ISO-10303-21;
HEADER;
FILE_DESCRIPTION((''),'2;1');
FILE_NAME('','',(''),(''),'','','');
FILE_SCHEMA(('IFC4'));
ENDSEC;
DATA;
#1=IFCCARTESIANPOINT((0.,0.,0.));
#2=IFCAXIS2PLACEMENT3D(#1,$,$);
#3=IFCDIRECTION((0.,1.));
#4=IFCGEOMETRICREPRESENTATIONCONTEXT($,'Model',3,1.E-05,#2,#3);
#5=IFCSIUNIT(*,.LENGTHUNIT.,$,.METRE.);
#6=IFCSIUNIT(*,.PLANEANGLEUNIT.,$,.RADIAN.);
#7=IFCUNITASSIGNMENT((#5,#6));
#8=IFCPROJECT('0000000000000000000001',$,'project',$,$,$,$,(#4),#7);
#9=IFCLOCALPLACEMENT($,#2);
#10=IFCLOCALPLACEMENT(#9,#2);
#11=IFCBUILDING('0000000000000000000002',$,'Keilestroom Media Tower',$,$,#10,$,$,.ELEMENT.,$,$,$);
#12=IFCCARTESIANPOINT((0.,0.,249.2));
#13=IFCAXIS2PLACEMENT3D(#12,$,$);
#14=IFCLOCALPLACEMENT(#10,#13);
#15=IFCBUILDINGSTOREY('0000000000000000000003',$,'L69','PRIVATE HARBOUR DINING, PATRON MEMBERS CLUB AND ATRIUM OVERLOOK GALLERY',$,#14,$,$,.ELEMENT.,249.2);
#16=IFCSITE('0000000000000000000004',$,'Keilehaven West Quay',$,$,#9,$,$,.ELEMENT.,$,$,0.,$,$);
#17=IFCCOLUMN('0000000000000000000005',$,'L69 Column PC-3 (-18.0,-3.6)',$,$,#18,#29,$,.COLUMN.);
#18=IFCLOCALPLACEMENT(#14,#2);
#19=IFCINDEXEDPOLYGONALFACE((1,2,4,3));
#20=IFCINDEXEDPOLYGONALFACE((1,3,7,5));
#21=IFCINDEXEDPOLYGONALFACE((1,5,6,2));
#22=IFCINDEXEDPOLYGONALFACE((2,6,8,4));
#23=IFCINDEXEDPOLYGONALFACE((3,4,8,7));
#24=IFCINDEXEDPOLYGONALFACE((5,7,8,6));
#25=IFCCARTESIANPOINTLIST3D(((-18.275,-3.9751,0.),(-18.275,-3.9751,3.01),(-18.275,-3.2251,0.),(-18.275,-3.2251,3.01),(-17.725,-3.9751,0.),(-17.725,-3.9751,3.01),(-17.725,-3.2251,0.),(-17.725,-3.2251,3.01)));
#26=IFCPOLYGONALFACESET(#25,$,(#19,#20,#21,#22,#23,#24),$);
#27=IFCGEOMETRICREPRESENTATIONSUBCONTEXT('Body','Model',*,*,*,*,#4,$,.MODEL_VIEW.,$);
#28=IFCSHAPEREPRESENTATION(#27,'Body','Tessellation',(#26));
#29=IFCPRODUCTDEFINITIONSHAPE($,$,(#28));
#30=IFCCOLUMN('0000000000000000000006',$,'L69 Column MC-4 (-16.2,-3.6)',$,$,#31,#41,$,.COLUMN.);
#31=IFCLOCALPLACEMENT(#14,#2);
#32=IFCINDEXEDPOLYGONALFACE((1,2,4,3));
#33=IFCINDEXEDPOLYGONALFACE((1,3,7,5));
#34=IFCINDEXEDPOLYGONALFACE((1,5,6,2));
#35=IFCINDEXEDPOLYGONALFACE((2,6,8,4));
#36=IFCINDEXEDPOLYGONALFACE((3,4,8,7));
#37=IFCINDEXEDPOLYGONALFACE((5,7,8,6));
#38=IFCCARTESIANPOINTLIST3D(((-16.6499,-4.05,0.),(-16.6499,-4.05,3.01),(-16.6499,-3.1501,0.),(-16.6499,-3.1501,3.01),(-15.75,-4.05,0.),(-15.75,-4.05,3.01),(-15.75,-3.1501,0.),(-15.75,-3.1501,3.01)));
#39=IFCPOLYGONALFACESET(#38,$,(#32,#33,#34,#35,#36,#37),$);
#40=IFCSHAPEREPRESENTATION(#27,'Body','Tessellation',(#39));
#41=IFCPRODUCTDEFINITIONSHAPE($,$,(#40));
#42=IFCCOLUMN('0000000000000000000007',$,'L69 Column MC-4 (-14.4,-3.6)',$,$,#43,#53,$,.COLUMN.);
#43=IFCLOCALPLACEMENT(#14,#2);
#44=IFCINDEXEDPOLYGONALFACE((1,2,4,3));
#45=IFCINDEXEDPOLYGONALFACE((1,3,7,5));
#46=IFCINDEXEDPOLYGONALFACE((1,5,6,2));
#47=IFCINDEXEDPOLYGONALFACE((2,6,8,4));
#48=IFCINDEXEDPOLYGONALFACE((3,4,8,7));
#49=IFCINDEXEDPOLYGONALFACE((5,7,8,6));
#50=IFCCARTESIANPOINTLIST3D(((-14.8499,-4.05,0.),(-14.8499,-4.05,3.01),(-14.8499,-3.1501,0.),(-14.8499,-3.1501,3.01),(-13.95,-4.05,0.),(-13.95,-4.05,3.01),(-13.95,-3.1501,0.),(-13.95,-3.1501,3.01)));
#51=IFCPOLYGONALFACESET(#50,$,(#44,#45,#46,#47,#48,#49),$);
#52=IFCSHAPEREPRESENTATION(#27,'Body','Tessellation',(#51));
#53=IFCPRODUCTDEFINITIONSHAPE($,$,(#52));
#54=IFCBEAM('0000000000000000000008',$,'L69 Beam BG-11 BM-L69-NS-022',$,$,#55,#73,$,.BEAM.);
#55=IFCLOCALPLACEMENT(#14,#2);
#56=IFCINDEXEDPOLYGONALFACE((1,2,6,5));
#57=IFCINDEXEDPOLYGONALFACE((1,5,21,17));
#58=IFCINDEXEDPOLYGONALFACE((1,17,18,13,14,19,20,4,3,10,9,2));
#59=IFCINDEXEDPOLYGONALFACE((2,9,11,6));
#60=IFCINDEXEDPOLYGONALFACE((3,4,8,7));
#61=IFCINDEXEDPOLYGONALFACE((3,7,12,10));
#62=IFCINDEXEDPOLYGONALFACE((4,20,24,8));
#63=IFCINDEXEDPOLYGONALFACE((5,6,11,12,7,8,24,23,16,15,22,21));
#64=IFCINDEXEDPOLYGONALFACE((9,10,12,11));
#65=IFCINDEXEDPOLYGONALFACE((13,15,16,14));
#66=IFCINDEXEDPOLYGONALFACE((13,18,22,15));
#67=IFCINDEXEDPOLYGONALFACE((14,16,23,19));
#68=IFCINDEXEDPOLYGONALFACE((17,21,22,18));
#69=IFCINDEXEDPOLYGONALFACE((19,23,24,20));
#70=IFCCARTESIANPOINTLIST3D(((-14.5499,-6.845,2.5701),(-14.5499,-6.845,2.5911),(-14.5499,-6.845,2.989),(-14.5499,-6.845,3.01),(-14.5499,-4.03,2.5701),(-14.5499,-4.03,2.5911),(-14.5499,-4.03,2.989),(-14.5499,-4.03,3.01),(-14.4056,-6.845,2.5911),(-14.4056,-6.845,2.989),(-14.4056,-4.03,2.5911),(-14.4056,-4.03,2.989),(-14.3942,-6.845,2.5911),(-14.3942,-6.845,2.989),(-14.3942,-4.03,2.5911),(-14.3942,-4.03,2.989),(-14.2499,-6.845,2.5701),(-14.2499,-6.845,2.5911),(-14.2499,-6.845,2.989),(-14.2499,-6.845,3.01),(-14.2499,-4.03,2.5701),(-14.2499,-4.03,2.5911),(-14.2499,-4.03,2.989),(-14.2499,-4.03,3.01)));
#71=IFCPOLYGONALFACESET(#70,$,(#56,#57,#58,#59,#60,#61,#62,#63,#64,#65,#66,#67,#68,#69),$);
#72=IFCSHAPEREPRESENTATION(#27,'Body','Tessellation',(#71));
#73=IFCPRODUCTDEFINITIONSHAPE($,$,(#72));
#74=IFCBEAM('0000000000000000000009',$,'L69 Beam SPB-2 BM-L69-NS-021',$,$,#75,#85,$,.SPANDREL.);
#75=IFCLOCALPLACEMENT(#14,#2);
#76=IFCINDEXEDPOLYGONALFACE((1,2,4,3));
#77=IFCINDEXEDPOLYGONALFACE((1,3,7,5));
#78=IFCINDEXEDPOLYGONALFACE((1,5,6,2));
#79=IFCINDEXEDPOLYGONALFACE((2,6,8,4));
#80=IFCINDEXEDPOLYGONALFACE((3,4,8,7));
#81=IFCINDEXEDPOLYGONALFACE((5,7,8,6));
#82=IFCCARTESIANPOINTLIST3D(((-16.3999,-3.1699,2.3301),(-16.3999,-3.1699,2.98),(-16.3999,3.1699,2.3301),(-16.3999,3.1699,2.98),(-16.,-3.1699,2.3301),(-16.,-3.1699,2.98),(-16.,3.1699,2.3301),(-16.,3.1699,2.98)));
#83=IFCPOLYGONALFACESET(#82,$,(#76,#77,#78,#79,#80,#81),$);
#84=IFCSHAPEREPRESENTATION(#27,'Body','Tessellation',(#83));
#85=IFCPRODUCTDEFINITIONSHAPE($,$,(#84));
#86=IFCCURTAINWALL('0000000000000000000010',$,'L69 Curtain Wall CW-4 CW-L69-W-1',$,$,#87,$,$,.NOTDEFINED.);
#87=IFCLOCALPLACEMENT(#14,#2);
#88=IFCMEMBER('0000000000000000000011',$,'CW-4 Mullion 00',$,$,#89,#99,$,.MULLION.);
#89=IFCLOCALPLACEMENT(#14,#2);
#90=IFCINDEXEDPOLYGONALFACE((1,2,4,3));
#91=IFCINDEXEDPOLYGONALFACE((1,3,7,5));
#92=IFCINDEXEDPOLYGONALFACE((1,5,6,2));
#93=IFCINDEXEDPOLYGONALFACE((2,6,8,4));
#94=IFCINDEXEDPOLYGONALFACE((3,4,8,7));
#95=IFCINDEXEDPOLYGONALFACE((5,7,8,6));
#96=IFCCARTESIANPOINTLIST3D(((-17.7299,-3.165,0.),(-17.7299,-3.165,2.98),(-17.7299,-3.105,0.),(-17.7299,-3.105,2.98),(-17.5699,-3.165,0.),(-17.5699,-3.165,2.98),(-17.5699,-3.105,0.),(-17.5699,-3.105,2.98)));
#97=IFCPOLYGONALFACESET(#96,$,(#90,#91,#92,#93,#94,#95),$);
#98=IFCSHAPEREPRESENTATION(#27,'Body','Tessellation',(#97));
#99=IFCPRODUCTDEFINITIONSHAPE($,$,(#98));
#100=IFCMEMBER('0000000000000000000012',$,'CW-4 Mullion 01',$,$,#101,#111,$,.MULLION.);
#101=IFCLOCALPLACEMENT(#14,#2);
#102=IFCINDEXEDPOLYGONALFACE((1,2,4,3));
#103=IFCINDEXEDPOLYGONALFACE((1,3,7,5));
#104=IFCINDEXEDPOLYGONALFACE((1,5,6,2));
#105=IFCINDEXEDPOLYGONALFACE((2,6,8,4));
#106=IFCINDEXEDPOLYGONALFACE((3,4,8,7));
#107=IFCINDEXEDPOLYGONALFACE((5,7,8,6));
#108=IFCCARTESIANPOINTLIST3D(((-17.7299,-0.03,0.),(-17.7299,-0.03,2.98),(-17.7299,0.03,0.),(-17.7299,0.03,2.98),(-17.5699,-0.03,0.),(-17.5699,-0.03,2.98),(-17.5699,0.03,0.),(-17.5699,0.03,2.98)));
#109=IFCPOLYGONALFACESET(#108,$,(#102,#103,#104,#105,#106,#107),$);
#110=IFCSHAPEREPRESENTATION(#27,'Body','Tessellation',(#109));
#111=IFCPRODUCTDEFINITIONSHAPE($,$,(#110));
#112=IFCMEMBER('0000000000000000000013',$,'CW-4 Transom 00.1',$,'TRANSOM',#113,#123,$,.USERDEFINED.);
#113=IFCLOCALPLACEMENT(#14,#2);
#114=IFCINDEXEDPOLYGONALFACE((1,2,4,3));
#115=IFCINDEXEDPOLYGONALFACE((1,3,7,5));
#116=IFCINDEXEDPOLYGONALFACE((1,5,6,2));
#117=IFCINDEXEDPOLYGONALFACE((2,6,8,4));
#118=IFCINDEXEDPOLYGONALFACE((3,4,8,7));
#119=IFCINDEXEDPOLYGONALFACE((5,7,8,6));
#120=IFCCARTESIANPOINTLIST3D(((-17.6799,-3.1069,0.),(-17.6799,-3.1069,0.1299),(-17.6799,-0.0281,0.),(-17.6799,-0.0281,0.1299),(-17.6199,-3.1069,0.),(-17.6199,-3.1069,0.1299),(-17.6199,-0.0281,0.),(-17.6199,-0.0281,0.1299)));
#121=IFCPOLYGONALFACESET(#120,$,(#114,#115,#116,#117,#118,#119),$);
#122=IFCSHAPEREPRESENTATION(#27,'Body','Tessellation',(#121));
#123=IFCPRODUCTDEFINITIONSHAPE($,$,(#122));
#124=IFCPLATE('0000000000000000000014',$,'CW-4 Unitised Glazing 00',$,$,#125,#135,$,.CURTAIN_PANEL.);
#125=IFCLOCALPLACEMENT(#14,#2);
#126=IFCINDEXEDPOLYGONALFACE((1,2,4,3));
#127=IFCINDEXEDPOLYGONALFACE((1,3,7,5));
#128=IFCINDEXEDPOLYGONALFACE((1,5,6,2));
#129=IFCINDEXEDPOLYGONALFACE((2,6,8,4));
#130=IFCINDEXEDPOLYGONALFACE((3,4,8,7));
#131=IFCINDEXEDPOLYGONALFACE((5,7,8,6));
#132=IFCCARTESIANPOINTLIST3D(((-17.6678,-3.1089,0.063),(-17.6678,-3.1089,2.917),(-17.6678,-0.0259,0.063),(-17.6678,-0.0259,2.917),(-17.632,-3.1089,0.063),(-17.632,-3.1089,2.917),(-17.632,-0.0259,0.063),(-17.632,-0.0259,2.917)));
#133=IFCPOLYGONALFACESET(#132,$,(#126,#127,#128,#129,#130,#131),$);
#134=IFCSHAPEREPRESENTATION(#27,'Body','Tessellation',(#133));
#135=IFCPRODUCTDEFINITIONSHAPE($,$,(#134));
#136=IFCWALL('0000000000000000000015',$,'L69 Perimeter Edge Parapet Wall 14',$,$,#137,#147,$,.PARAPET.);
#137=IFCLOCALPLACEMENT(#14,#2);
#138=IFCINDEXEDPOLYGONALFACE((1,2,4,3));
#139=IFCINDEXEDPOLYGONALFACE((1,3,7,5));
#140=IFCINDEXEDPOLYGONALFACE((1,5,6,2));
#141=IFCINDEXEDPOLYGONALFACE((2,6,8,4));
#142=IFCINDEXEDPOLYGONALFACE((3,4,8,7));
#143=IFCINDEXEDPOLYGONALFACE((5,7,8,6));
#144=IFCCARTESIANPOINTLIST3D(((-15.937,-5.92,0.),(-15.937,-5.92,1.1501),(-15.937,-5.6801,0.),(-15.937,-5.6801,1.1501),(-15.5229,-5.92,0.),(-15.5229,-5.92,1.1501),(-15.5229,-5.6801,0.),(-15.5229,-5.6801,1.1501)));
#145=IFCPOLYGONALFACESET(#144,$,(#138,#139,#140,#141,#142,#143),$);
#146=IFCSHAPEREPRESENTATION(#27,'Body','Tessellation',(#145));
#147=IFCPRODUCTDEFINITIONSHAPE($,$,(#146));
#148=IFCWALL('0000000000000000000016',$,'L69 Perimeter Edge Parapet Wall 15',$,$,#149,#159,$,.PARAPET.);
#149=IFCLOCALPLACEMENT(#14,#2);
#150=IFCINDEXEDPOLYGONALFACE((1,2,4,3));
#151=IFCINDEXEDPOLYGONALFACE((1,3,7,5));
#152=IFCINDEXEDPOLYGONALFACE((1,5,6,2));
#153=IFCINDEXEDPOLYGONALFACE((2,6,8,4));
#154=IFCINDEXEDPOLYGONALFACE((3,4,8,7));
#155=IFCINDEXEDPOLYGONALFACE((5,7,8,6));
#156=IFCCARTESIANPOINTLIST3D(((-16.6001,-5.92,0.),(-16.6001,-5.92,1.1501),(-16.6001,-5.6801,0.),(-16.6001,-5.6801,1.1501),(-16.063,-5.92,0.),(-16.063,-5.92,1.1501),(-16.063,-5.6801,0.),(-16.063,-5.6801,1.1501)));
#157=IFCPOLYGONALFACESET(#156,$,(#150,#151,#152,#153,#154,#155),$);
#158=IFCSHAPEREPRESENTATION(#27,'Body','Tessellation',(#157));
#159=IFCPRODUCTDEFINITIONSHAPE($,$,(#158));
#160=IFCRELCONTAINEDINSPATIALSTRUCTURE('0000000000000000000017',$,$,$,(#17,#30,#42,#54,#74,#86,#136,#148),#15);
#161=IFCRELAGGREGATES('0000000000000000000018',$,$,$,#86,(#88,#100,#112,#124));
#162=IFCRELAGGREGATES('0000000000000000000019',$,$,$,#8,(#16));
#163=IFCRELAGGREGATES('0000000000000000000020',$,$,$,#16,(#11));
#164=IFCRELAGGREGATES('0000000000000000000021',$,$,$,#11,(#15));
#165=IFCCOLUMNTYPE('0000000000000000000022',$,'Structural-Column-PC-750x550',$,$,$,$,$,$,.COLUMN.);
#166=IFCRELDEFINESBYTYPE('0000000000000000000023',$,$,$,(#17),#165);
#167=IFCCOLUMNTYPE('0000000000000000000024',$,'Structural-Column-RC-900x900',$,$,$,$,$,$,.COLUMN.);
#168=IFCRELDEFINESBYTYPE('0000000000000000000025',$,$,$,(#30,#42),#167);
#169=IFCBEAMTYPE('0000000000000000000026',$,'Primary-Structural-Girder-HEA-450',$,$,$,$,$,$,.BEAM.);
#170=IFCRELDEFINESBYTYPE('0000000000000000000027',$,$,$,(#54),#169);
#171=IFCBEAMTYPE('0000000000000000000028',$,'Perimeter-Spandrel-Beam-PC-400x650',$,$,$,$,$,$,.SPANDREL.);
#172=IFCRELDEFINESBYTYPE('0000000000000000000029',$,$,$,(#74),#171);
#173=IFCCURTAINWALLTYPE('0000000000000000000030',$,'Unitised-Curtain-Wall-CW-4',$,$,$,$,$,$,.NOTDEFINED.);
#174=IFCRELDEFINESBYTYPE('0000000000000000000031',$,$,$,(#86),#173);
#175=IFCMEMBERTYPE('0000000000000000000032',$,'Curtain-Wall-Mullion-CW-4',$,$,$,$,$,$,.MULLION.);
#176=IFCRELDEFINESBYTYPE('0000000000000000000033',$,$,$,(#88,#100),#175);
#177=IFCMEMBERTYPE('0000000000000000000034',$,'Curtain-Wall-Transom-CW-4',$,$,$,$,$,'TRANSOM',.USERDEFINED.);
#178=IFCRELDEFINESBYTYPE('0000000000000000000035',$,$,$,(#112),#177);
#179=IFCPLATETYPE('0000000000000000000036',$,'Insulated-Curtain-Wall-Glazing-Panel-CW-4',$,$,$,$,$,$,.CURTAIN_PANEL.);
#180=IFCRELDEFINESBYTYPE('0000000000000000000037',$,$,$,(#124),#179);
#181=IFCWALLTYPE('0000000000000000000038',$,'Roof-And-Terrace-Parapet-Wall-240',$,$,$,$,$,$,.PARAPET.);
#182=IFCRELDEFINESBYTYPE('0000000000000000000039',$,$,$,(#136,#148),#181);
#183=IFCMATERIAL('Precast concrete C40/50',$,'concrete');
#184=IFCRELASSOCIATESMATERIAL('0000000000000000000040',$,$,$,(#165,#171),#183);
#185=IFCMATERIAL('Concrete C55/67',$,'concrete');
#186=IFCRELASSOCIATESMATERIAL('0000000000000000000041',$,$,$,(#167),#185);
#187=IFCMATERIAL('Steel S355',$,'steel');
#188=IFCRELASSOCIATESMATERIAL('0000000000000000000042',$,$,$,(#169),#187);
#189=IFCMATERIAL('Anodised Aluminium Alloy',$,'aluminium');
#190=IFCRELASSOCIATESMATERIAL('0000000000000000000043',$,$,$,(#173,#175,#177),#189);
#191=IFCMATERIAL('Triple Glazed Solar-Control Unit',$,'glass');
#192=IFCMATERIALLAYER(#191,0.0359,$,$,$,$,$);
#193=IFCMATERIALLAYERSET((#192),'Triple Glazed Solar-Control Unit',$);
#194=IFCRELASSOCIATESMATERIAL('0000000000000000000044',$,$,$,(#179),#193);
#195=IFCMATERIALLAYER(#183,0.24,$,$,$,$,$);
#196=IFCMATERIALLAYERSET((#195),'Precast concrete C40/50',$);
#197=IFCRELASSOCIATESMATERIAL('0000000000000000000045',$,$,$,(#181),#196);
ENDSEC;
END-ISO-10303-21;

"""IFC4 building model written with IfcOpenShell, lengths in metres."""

from ifc_helpers import new_model, si_unit, direction, frame, frame_2d, origin, origin_2d, place, context, subcontext, project, spatial, rectangle, i_section, extrude, source, transform, mapped, material, layer, layer_set, material_profile, profile_set, type_object, element, aggregate, save


model = new_model("IFC4")

# Units and contexts
model_context = context("Model", 3, precision=1e-05, world=origin(), true_north=direction((0.0, 1.0)))
body_context = subcontext(model_context, "Body", "Model", "MODEL_VIEW")
ifc_project = project(units=[si_unit("LENGTHUNIT", "METRE"), si_unit("PLANEANGLEUNIT", "RADIAN")], contexts=[model_context])

# Site, building, storey
site_placement = place(None, origin())
site = spatial("IfcSite", under=ifc_project, at=site_placement, Name="Keilehaven West Quay", CompositionType="ELEMENT", RefElevation=0.0)
building_placement = place(site_placement, origin())
building = spatial("IfcBuilding", under=site, at=building_placement, Name="Keilestroom Media Tower", CompositionType="ELEMENT")
storey_placement = place(building_placement, frame((0.0, 0.0, 249.2)))
storey = spatial("IfcBuildingStorey", under=building, at=storey_placement, Name="L69", Description="PRIVATE HARBOUR DINING, PATRON MEMBERS CLUB AND ATRIUM OVERLOOK GALLERY", CompositionType="ELEMENT", Elevation=249.2)

# Columns
ifc_material_1 = material(Name="Precast concrete C40/50", Category="concrete")
ifc_material_profile_1 = material_profile(ifc_material_1, rectangle(XDim=0.55, YDim=0.75, at=origin_2d()), Name="PC 750x550")
ifc_profile_set_1 = profile_set([ifc_material_profile_1], Name="Precast concrete C40/50")
column_type_1 = type_object("IfcColumnType", Name="Structural-Column-PC-750x550", PredefinedType="COLUMN", material=ifc_profile_set_1)
shared_shape_1 = source(origin(), body_context, "Body", "SweptSolid", [
    extrude(rectangle(XDim=0.55, YDim=0.75, at=origin_2d()), origin(), (0.0, 0.0, 1.0), 3.01),
])
column_placement = place(storey_placement, frame((-18.0, -3.6001, 0.0), z_axis=(0.0, 0.0, 1.0), x_axis=(1.0, 0.0, 0.0)))
element("IfcColumn", 1, at=column_placement, inside=storey, type_object=column_type_1, Name="L69 Column PC-3 (-18.0,-3.6)", PredefinedType="COLUMN", context=body_context, shape_type="MappedRepresentation", body=[
    mapped(shared_shape_1, transform((0.0, 0.0, 0.0), x_axis=(1.0, 0.0, 0.0), y_axis=(0.0, 1.0, 0.0), z_axis=(0.0, 0.0, 1.0), scale=1.0)),
])
ifc_material_2 = material(Name="Concrete C55/67", Category="concrete")
ifc_material_profile_2 = material_profile(ifc_material_2, rectangle(XDim=0.8999, YDim=0.8999, at=origin_2d()), Name="RC 900x900")
ifc_profile_set_2 = profile_set([ifc_material_profile_2], Name="Concrete C55/67")
column_type_2 = type_object("IfcColumnType", Name="Structural-Column-RC-900x900", PredefinedType="COLUMN", material=ifc_profile_set_2)
shared_shape_2 = source(origin(), body_context, "Body", "SweptSolid", [
    extrude(rectangle(XDim=0.8999, YDim=0.8999, at=origin_2d()), origin(), (0.0, 0.0, 1.0), 3.01),
])
for number, where, z_axis, x_axis, name in (
    (2, (-16.2, -3.6001, 0.0), (0.0, 0.0, 1.0), (1.0, 0.0, 0.0), "L69 Column MC-4 (-16.2,-3.6)"),
    (3, (-14.3999, -3.6001, 0.0), (0.0, 0.0, 1.0), (1.0, 0.0, 0.0), "L69 Column MC-4 (-14.4,-3.6)"),
):
    element("IfcColumn", number, at=place(storey_placement, frame(where, z_axis=z_axis, x_axis=x_axis)), inside=storey, type_object=column_type_2, Name=name, PredefinedType="COLUMN", context=body_context, shape_type="MappedRepresentation", body=[
        mapped(shared_shape_2, transform((0.0, 0.0, 0.0), x_axis=(1.0, 0.0, 0.0), y_axis=(0.0, 1.0, 0.0), z_axis=(0.0, 0.0, 1.0), scale=1.0)),
    ])

# Beams
ifc_material_3 = material(Name="Steel S355", Category="steel")
ifc_material_profile_3 = material_profile(ifc_material_3, i_section(OverallWidth=0.3, OverallDepth=0.4399, WebThickness=0.0115, FlangeThickness=0.021, at=origin_2d()), Name="HEA 450")
ifc_profile_set_3 = profile_set([ifc_material_profile_3], Name="Steel S355")
beam_type_1 = type_object("IfcBeamType", Name="Primary-Structural-Girder-HEA-450", PredefinedType="BEAM", material=ifc_profile_set_3)
shared_shape_3 = source(origin(), body_context, "Body", "SweptSolid", [
    extrude(i_section(OverallWidth=0.3, OverallDepth=0.4399, WebThickness=0.0115, FlangeThickness=0.021, at=origin_2d()), origin(), (0.0, 0.0, 1.0), 2.8149),
])
beam_1_placement = place(storey_placement, frame((-14.3999, -6.845, 2.79), z_axis=(0.0, 1.0, 0.0), x_axis=(-1.0, 0.0, 0.0)))
element("IfcBeam", 4, at=beam_1_placement, inside=storey, type_object=beam_type_1, Name="L69 Beam BG-11 BM-L69-NS-022", PredefinedType="BEAM", context=body_context, shape_type="MappedRepresentation", body=[
    mapped(shared_shape_3, transform((0.0, 0.0, 0.0), x_axis=(1.0, 0.0, 0.0), y_axis=(0.0, 1.0, 0.0), z_axis=(0.0, 0.0, 1.0), scale=1.0)),
])
ifc_material_profile_4 = material_profile(ifc_material_1, rectangle(XDim=0.3999, YDim=0.6499, at=origin_2d()), Name="PC 400x650")
ifc_profile_set_4 = profile_set([ifc_material_profile_4], Name="Precast concrete C40/50")
beam_type_2 = type_object("IfcBeamType", Name="Perimeter-Spandrel-Beam-PC-400x650", PredefinedType="SPANDREL", material=ifc_profile_set_4)
shared_shape_4 = source(origin(), body_context, "Body", "SweptSolid", [
    extrude(rectangle(XDim=0.3999, YDim=0.6499, at=origin_2d()), origin(), (0.0, 0.0, 1.0), 6.3398),
])
beam_2_placement = place(storey_placement, frame((-16.2, -3.1699, 2.655), z_axis=(0.0, 1.0, 0.0), x_axis=(-1.0, 0.0, 0.0)))
element("IfcBeam", 5, at=beam_2_placement, inside=storey, type_object=beam_type_2, Name="L69 Beam SPB-2 BM-L69-NS-021", PredefinedType="SPANDREL", context=body_context, shape_type="MappedRepresentation", body=[
    mapped(shared_shape_4, transform((0.0, 0.0, 0.0), x_axis=(1.0, 0.0, 0.0), y_axis=(0.0, 1.0, 0.0), z_axis=(0.0, 0.0, 1.0), scale=1.0)),
])

# Curtain wall, members, plate
ifc_material_4 = material(Name="Anodised Aluminium Alloy", Category="aluminium")
curtain_wall_type = type_object("IfcCurtainWallType", Name="Unitised-Curtain-Wall-CW-4", PredefinedType="NOTDEFINED", material=ifc_material_4)
curtain_wall_placement = place(storey_placement, origin())
curtain_wall = element("IfcCurtainWall", 6, at=curtain_wall_placement, inside=storey, type_object=curtain_wall_type, Name="L69 Curtain Wall CW-4 CW-L69-W-1", PredefinedType="NOTDEFINED")
ifc_material_profile_5 = material_profile(ifc_material_4, rectangle(XDim=0.0601, YDim=0.1599, at=origin_2d()), Name="ALU MULLION 60x160")
ifc_profile_set_5 = profile_set([ifc_material_profile_5], Name="Anodised Aluminium Alloy")
member_type_1 = type_object("IfcMemberType", Name="Curtain-Wall-Mullion-CW-4", PredefinedType="MULLION", material=ifc_profile_set_5)
shared_shape_5 = source(origin(), body_context, "Body", "SweptSolid", [
    extrude(rectangle(XDim=0.0601, YDim=0.1599, at=origin_2d()), origin(), (0.0, 0.0, 1.0), 2.98),
])
member_1_placement = place(storey_placement, frame((-17.6499, -3.135, 0.0), z_axis=(0.0, 0.0, 1.0), x_axis=(0.0, 1.0, 0.0)))
member_1 = element("IfcMember", 7, at=member_1_placement, type_object=member_type_1, Name="CW-4 Mullion 00", PredefinedType="MULLION", context=body_context, shape_type="MappedRepresentation", body=[
    mapped(shared_shape_5, transform((0.0, 0.0, 0.0), x_axis=(1.0, 0.0, 0.0), y_axis=(0.0, 1.0, 0.0), z_axis=(0.0, 0.0, 1.0), scale=1.0)),
])
member_2_placement = place(storey_placement, frame((-17.6499, 0.0, 0.0), z_axis=(0.0, 0.0, 1.0), x_axis=(0.0, 1.0, 0.0)))
member_2 = element("IfcMember", 8, at=member_2_placement, type_object=member_type_1, Name="CW-4 Mullion 01", PredefinedType="MULLION", context=body_context, shape_type="MappedRepresentation", body=[
    mapped(shared_shape_5, transform((0.0, 0.0, 0.0), x_axis=(1.0, 0.0, 0.0), y_axis=(0.0, 1.0, 0.0), z_axis=(0.0, 0.0, 1.0), scale=1.0)),
])
ifc_material_profile_6 = material_profile(ifc_material_4, rectangle(XDim=0.0601, YDim=0.1299, at=origin_2d()), Name="ALU TRANSOM 60x130")
ifc_profile_set_6 = profile_set([ifc_material_profile_6], Name="Anodised Aluminium Alloy")
member_type_2 = type_object("IfcMemberType", Name="Curtain-Wall-Transom-CW-4", ElementType="TRANSOM", PredefinedType="USERDEFINED", material=ifc_profile_set_6)
shared_shape_6 = source(origin(), body_context, "Body", "SweptSolid", [
    extrude(rectangle(XDim=0.0601, YDim=0.1299, at=origin_2d()), origin(), (0.0, 0.0, 1.0), 3.0789),
])
member_3_placement = place(storey_placement, frame((-17.6499, -3.1069, 0.0649), z_axis=(0.0, 1.0, 0.0), x_axis=(-1.0, 0.0, 0.0)))
member_3 = element("IfcMember", 9, at=member_3_placement, type_object=member_type_2, Name="CW-4 Transom 00.1", ObjectType="TRANSOM", PredefinedType="USERDEFINED", context=body_context, shape_type="MappedRepresentation", body=[
    mapped(shared_shape_6, transform((0.0, 0.0, 0.0), x_axis=(1.0, 0.0, 0.0), y_axis=(0.0, 1.0, 0.0), z_axis=(0.0, 0.0, 1.0), scale=1.0)),
])
ifc_material_5 = material(Name="Triple Glazed Solar-Control Unit", Category="glass")
ifc_layer_1 = layer(ifc_material_5, 0.0359)
ifc_layer_set_1 = layer_set([ifc_layer_1], Name="Triple Glazed Solar-Control Unit")
plate_type = type_object("IfcPlateType", Name="Insulated-Curtain-Wall-Glazing-Panel-CW-4", PredefinedType="CURTAIN_PANEL", material=ifc_layer_set_1)
shared_shape_7 = source(origin(), body_context, "Body", "SweptSolid", [
    extrude(rectangle(XDim=3.083, YDim=0.0359, at=origin_2d()), origin(), (0.0, 0.0, 1.0), 2.854),
])
plate_placement = place(storey_placement, frame((-17.6499, -1.5674, 0.063), z_axis=(0.0, 0.0, 1.0), x_axis=(0.0, 1.0, 0.0)))
plate = element("IfcPlate", 10, at=plate_placement, type_object=plate_type, Name="CW-4 Unitised Glazing 00", PredefinedType="CURTAIN_PANEL", context=body_context, shape_type="MappedRepresentation", body=[
    mapped(shared_shape_7, transform((0.0, 0.0, 0.0), x_axis=(1.0, 0.0, 0.0), y_axis=(0.0, 1.0, 0.0), z_axis=(0.0, 0.0, 1.0), scale=1.0)),
])
aggregate(curtain_wall, [member_1, member_2, member_3, plate])

# Walls
ifc_layer_2 = layer(ifc_material_1, 0.24)
ifc_layer_set_2 = layer_set([ifc_layer_2], Name="Precast concrete C40/50")
wall_type = type_object("IfcWallType", Name="Roof-And-Terrace-Parapet-Wall-240", PredefinedType="PARAPET", material=ifc_layer_set_2)
wall_1_placement = place(storey_placement, frame((-15.5229, -5.8, 0.0), z_axis=(0.0, 0.0, 1.0), x_axis=(-1.0, 0.0, 0.0)))
element("IfcWall", 11, at=wall_1_placement, inside=storey, type_object=wall_type, Name="L69 Perimeter Edge Parapet Wall 14", PredefinedType="PARAPET", context=body_context, shape_type="SweptSolid", body=[
    extrude(rectangle(XDim=0.4141, YDim=0.24, at=frame_2d((0.207, 0.0))), origin(), (0.0, 0.0, 1.0), 1.1501),
])
wall_2_placement = place(storey_placement, frame((-16.063, -5.8, 0.0), z_axis=(0.0, 0.0, 1.0), x_axis=(-1.0, 0.0, 0.0)))
element("IfcWall", 12, at=wall_2_placement, inside=storey, type_object=wall_type, Name="L69 Perimeter Edge Parapet Wall 15", PredefinedType="PARAPET", context=body_context, shape_type="SweptSolid", body=[
    extrude(rectangle(XDim=0.5371, YDim=0.24, at=frame_2d((0.2686, 0.0))), origin(), (0.0, 0.0, 1.0), 1.1501),
])

save(model, "model.ifc")
